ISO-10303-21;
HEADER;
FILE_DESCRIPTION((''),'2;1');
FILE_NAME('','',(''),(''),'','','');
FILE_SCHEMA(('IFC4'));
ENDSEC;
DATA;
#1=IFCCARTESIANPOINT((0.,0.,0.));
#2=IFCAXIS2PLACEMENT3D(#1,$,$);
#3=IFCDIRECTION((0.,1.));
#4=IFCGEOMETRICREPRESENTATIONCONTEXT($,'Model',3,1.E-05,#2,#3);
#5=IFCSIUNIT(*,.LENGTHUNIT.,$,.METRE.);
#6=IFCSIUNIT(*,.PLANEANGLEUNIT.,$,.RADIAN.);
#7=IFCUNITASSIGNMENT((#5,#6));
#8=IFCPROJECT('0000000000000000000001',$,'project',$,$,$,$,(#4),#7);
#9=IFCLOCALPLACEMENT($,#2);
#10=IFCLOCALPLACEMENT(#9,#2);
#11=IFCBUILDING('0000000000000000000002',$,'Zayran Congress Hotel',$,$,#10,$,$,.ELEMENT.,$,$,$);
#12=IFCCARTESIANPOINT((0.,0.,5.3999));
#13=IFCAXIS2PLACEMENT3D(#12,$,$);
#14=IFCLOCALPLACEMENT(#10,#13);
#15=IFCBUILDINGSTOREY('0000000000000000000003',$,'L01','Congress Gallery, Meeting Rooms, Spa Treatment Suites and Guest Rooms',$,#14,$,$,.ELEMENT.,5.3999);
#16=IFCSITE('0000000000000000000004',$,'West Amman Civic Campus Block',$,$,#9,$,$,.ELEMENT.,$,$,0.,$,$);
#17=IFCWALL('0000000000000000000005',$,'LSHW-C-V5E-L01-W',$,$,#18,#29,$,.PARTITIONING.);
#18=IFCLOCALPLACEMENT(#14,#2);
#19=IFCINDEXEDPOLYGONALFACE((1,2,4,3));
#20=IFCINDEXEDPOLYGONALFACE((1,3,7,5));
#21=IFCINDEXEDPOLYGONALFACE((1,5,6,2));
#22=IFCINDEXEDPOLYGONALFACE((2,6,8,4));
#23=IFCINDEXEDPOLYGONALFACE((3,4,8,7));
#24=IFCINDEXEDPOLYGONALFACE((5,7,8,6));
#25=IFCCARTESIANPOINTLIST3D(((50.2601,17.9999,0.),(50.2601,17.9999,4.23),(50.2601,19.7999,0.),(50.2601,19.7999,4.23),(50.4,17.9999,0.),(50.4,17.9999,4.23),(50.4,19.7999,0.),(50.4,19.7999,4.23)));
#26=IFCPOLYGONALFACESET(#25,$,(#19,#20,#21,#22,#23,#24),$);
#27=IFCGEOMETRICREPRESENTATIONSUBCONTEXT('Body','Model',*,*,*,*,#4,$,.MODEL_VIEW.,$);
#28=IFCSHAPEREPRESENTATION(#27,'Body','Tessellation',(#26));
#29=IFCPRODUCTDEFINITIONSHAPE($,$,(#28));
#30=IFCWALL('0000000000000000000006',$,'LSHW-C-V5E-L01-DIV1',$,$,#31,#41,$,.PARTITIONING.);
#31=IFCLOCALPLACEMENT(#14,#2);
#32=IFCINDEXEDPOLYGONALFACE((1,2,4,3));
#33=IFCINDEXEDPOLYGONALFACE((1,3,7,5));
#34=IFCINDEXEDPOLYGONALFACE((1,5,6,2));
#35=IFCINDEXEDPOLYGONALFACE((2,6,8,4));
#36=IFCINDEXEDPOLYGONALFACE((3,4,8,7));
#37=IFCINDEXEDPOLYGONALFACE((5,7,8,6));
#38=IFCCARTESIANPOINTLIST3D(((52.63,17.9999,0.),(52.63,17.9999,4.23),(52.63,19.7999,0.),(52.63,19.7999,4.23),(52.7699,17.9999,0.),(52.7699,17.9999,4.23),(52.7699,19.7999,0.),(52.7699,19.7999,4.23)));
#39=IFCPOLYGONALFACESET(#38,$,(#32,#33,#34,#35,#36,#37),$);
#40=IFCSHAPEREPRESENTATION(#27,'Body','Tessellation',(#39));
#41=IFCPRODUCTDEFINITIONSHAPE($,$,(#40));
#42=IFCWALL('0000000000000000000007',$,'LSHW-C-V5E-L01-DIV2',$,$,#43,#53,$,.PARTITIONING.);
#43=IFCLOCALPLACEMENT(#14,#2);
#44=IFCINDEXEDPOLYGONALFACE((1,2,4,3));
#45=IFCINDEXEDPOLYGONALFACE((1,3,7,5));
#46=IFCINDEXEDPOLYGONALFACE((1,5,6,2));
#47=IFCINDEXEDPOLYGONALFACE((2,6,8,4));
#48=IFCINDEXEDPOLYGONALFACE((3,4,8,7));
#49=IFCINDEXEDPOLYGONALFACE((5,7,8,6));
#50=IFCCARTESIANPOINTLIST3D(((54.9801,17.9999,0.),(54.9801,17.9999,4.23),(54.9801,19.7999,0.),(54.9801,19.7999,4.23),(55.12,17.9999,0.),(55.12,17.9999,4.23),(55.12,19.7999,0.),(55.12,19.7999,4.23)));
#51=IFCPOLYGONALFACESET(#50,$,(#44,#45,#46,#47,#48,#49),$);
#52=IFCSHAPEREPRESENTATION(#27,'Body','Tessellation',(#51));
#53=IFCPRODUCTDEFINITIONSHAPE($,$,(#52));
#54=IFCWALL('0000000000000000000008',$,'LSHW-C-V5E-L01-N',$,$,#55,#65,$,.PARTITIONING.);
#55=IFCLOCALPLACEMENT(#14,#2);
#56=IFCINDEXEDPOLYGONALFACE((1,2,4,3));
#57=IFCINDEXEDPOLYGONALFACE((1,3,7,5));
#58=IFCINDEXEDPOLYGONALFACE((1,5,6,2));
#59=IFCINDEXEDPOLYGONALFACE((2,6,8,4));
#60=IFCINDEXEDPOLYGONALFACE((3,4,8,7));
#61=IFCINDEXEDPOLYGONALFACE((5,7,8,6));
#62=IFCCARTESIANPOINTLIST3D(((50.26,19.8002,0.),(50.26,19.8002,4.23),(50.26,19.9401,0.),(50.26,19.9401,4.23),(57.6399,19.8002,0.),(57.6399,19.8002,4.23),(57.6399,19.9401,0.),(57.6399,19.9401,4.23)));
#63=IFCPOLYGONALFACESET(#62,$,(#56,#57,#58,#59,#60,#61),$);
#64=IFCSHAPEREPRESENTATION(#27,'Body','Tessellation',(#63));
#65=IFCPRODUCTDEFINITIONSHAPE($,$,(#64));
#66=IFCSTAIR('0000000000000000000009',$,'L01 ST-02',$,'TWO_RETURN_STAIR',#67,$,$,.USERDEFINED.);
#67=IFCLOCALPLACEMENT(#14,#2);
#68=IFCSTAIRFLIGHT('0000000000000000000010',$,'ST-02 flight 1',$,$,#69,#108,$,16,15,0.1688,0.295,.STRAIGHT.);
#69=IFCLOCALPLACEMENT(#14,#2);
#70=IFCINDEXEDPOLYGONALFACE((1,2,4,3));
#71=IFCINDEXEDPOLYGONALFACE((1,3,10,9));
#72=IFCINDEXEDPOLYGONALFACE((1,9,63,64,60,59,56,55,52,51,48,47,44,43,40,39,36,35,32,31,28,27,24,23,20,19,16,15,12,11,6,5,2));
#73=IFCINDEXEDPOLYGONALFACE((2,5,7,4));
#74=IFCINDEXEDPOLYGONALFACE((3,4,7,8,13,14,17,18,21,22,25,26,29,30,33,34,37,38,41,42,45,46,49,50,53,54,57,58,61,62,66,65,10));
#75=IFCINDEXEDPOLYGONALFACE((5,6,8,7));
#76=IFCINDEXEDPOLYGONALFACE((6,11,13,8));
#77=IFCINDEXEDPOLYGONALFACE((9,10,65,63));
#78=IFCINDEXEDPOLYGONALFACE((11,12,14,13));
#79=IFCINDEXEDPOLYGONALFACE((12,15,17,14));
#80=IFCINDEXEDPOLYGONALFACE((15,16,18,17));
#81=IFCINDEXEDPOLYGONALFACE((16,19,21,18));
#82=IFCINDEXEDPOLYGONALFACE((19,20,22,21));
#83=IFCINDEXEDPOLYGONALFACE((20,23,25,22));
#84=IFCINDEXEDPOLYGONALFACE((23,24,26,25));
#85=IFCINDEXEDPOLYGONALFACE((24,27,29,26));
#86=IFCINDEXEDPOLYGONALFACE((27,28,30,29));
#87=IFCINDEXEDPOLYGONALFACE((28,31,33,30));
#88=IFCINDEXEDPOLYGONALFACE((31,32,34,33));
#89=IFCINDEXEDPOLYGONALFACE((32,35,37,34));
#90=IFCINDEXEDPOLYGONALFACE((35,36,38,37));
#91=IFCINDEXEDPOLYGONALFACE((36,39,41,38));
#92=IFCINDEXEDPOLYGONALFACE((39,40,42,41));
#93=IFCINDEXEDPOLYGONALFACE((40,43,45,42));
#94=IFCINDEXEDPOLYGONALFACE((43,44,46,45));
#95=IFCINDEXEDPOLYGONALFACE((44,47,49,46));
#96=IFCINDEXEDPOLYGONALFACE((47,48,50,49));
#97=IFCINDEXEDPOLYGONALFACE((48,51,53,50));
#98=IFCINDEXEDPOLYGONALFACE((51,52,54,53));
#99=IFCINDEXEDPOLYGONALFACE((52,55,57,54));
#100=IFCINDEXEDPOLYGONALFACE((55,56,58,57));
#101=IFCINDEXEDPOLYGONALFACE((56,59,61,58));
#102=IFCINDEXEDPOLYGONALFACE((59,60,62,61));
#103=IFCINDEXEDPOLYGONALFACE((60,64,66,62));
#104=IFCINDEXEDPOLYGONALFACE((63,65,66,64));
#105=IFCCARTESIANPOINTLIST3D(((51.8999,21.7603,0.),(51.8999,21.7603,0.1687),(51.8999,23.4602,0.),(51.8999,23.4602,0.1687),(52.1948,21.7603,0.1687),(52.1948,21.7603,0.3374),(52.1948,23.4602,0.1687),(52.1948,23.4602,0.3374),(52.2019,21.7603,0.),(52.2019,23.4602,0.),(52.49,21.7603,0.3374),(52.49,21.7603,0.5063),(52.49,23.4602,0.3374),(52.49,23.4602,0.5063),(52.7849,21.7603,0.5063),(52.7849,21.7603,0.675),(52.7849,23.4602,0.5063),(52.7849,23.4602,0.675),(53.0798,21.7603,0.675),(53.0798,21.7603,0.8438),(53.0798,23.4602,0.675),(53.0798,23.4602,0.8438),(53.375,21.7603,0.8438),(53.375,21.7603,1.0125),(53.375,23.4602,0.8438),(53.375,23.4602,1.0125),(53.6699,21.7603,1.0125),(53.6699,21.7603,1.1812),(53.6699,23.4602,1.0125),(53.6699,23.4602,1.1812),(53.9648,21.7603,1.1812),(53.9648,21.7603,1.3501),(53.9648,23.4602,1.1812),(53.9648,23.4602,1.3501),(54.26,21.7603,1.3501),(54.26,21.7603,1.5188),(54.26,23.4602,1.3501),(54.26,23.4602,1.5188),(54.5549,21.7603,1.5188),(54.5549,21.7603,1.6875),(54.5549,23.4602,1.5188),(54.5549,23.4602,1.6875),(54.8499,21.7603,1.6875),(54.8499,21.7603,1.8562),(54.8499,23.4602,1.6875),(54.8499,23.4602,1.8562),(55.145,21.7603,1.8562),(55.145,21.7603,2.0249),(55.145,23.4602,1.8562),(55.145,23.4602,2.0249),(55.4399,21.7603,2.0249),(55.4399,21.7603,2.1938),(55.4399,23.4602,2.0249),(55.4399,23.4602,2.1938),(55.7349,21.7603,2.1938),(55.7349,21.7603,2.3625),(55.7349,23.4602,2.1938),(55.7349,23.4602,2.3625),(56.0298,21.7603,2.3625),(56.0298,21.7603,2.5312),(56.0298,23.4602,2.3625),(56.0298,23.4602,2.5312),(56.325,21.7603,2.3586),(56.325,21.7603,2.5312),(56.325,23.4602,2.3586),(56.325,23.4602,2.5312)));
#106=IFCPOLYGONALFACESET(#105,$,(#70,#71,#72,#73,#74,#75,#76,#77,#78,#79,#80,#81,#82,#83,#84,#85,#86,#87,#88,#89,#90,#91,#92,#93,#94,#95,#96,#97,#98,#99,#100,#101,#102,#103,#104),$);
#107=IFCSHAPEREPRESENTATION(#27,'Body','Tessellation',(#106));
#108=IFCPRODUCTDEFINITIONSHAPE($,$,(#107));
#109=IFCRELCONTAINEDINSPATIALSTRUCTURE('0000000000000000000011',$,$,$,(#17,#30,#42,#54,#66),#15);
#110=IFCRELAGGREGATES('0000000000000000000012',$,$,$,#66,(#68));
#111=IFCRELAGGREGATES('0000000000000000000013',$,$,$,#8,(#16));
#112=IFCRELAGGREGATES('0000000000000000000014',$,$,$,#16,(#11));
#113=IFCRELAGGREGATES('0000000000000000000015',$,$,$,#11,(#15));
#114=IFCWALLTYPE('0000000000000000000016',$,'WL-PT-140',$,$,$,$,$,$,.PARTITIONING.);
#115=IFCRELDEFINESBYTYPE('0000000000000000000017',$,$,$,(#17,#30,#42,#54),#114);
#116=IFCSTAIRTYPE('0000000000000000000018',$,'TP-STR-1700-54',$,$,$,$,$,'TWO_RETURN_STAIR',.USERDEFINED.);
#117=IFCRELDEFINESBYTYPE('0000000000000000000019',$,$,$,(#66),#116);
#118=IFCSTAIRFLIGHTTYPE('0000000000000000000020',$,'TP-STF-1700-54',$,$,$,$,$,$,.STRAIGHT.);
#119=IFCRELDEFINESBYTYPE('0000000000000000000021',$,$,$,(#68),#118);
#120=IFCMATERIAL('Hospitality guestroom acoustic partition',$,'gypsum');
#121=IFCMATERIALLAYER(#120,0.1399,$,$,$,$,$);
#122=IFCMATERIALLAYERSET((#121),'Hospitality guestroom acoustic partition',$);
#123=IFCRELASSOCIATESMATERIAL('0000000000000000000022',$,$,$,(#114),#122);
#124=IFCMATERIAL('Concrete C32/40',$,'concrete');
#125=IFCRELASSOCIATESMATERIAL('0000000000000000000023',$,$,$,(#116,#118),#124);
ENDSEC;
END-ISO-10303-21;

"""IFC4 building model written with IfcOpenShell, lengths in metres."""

from ifc_helpers import new_model, si_unit, direction, frame, frame_2d, origin, place, context, subcontext, project, spatial, polyline, rectangle, outline, extrude, material, layer, layer_set, type_object, element, aggregate, save


model = new_model("IFC4")

# Units and contexts
model_context = context("Model", 3, precision=1e-05, world=origin(), true_north=direction((0.0, 1.0)))
body_context = subcontext(model_context, "Body", "Model", "MODEL_VIEW")
ifc_project = project(units=[si_unit("LENGTHUNIT", "METRE"), si_unit("PLANEANGLEUNIT", "RADIAN")], contexts=[model_context])

# Site, building, storey
site_placement = place(None, origin())
site = spatial("IfcSite", under=ifc_project, at=site_placement, Name="West Amman Civic Campus Block", CompositionType="ELEMENT", RefElevation=0.0)
building_placement = place(site_placement, origin())
building = spatial("IfcBuilding", under=site, at=building_placement, Name="Zayran Congress Hotel", CompositionType="ELEMENT")
storey_placement = place(building_placement, frame((0.0, 0.0, 5.3999)))
storey = spatial("IfcBuildingStorey", under=building, at=storey_placement, Name="L01", Description="Congress Gallery, Meeting Rooms, Spa Treatment Suites and Guest Rooms", CompositionType="ELEMENT", Elevation=5.3999)

# Walls
ifc_material_1 = material(Name="Hospitality guestroom acoustic partition", Category="gypsum")
ifc_layer_1 = layer(ifc_material_1, 0.1399)
ifc_layer_set_1 = layer_set([ifc_layer_1], Name="Hospitality guestroom acoustic partition")
wall_type_1 = type_object("IfcWallType", Name="WL-PT-140", PredefinedType="PARTITIONING", material=ifc_layer_set_1)
for number, where, z_axis, x_axis, name in (
    (1, (50.3301, 18.0, 0.0), (0.0, 0.0, 1.0), (0.0, 1.0, 0.0), "LSHW-C-V5E-L01-W"),
    (2, (52.7, 18.0, 0.0), (0.0, 0.0, 1.0), (0.0, 1.0, 0.0), "LSHW-C-V5E-L01-DIV1"),
    (3, (55.05, 18.0, 0.0), (0.0, 0.0, 1.0), (0.0, 1.0, 0.0), "LSHW-C-V5E-L01-DIV2"),
):
    element("IfcWall", number, at=place(storey_placement, frame(where, z_axis=z_axis, x_axis=x_axis)), inside=storey, type_object=wall_type_1, Name=name, PredefinedType="PARTITIONING", context=body_context, shape_type="SweptSolid", body=[
        extrude(rectangle(XDim=1.8, YDim=0.1399, at=frame_2d((0.8999, 0.0))), origin(), (0.0, 0.0, 1.0), 4.23),
    ])
wall_1_placement = place(storey_placement, frame((50.26, 19.8701, 0.0), z_axis=(0.0, 0.0, 1.0), x_axis=(1.0, 0.0, 0.0)))
element("IfcWall", 4, at=wall_1_placement, inside=storey, type_object=wall_type_1, Name="LSHW-C-V5E-L01-N", PredefinedType="PARTITIONING", context=body_context, shape_type="SweptSolid", body=[
    extrude(rectangle(XDim=7.3799, YDim=0.1399, at=frame_2d((3.6899, 0.0))), origin(), (0.0, 0.0, 1.0), 4.23),
])

# Stair, stair flight
ifc_material_2 = material(Name="Concrete C32/40", Category="concrete")
stair_type = type_object("IfcStairType", Name="TP-STR-1700-54", ElementType="TWO_RETURN_STAIR", PredefinedType="USERDEFINED", material=ifc_material_2)
stair_placement = place(storey_placement, origin())
stair = element("IfcStair", 5, at=stair_placement, inside=storey, type_object=stair_type, Name="L01 ST-02", ObjectType="TWO_RETURN_STAIR", PredefinedType="USERDEFINED")
stair_flight_type = type_object("IfcStairFlightType", Name="TP-STF-1700-54", PredefinedType="STRAIGHT", material=ifc_material_2)
stair_flight_placement = place(storey_placement, frame((51.8999, 22.6101, 0.0), z_axis=(0.0, 0.0, 1.0), x_axis=(1.0, 0.0, 0.0)))
stair_flight = element("IfcStairFlight", 6, at=stair_flight_placement, type_object=stair_flight_type, Name="ST-02 flight 1", NumberOfRisers=16, NumberOfTreads=15, PredefinedType="STRAIGHT", RiserHeight=0.1688, TreadLength=0.295, context=body_context, shape_type="SweptSolid", body=[
    extrude(outline(polyline([(0.0, 0.0), (0.0, 0.1687), (0.2949, 0.1687), (0.2949, 0.3374), (0.5901, 0.3374), (0.5901, 0.5063), (0.885, 0.5063), (0.885, 0.675), (1.1799, 0.675), (1.1799, 0.8438), (1.4751, 0.8438), (1.4751, 1.0125), (1.77, 1.0125), (1.77, 1.1812), (2.0649, 1.1812), (2.0649, 1.3501), (2.3601, 1.3501), (2.3601, 1.5188), (2.655, 1.5188), (2.655, 1.6875), (2.95, 1.6875), (2.95, 1.8562), (3.2451, 1.8562), (3.2451, 2.0249), (3.54, 2.0249), (3.54, 2.1938), (3.835, 2.1938), (3.835, 2.3625), (4.1299, 2.3625), (4.1299, 2.5312), (4.425, 2.5312), (4.425, 2.7), (4.425, 2.3586), (0.302, 0.0), (0.0, 0.0)])), frame((0.0, 0.8501, 0.0), z_axis=(0.0, -1.0, 0.0), x_axis=(1.0, 0.0, 0.0)), (0.0, 0.0, 1.0), 1.7),
])
aggregate(stair, [stair_flight])

save(model, "model.ifc")
